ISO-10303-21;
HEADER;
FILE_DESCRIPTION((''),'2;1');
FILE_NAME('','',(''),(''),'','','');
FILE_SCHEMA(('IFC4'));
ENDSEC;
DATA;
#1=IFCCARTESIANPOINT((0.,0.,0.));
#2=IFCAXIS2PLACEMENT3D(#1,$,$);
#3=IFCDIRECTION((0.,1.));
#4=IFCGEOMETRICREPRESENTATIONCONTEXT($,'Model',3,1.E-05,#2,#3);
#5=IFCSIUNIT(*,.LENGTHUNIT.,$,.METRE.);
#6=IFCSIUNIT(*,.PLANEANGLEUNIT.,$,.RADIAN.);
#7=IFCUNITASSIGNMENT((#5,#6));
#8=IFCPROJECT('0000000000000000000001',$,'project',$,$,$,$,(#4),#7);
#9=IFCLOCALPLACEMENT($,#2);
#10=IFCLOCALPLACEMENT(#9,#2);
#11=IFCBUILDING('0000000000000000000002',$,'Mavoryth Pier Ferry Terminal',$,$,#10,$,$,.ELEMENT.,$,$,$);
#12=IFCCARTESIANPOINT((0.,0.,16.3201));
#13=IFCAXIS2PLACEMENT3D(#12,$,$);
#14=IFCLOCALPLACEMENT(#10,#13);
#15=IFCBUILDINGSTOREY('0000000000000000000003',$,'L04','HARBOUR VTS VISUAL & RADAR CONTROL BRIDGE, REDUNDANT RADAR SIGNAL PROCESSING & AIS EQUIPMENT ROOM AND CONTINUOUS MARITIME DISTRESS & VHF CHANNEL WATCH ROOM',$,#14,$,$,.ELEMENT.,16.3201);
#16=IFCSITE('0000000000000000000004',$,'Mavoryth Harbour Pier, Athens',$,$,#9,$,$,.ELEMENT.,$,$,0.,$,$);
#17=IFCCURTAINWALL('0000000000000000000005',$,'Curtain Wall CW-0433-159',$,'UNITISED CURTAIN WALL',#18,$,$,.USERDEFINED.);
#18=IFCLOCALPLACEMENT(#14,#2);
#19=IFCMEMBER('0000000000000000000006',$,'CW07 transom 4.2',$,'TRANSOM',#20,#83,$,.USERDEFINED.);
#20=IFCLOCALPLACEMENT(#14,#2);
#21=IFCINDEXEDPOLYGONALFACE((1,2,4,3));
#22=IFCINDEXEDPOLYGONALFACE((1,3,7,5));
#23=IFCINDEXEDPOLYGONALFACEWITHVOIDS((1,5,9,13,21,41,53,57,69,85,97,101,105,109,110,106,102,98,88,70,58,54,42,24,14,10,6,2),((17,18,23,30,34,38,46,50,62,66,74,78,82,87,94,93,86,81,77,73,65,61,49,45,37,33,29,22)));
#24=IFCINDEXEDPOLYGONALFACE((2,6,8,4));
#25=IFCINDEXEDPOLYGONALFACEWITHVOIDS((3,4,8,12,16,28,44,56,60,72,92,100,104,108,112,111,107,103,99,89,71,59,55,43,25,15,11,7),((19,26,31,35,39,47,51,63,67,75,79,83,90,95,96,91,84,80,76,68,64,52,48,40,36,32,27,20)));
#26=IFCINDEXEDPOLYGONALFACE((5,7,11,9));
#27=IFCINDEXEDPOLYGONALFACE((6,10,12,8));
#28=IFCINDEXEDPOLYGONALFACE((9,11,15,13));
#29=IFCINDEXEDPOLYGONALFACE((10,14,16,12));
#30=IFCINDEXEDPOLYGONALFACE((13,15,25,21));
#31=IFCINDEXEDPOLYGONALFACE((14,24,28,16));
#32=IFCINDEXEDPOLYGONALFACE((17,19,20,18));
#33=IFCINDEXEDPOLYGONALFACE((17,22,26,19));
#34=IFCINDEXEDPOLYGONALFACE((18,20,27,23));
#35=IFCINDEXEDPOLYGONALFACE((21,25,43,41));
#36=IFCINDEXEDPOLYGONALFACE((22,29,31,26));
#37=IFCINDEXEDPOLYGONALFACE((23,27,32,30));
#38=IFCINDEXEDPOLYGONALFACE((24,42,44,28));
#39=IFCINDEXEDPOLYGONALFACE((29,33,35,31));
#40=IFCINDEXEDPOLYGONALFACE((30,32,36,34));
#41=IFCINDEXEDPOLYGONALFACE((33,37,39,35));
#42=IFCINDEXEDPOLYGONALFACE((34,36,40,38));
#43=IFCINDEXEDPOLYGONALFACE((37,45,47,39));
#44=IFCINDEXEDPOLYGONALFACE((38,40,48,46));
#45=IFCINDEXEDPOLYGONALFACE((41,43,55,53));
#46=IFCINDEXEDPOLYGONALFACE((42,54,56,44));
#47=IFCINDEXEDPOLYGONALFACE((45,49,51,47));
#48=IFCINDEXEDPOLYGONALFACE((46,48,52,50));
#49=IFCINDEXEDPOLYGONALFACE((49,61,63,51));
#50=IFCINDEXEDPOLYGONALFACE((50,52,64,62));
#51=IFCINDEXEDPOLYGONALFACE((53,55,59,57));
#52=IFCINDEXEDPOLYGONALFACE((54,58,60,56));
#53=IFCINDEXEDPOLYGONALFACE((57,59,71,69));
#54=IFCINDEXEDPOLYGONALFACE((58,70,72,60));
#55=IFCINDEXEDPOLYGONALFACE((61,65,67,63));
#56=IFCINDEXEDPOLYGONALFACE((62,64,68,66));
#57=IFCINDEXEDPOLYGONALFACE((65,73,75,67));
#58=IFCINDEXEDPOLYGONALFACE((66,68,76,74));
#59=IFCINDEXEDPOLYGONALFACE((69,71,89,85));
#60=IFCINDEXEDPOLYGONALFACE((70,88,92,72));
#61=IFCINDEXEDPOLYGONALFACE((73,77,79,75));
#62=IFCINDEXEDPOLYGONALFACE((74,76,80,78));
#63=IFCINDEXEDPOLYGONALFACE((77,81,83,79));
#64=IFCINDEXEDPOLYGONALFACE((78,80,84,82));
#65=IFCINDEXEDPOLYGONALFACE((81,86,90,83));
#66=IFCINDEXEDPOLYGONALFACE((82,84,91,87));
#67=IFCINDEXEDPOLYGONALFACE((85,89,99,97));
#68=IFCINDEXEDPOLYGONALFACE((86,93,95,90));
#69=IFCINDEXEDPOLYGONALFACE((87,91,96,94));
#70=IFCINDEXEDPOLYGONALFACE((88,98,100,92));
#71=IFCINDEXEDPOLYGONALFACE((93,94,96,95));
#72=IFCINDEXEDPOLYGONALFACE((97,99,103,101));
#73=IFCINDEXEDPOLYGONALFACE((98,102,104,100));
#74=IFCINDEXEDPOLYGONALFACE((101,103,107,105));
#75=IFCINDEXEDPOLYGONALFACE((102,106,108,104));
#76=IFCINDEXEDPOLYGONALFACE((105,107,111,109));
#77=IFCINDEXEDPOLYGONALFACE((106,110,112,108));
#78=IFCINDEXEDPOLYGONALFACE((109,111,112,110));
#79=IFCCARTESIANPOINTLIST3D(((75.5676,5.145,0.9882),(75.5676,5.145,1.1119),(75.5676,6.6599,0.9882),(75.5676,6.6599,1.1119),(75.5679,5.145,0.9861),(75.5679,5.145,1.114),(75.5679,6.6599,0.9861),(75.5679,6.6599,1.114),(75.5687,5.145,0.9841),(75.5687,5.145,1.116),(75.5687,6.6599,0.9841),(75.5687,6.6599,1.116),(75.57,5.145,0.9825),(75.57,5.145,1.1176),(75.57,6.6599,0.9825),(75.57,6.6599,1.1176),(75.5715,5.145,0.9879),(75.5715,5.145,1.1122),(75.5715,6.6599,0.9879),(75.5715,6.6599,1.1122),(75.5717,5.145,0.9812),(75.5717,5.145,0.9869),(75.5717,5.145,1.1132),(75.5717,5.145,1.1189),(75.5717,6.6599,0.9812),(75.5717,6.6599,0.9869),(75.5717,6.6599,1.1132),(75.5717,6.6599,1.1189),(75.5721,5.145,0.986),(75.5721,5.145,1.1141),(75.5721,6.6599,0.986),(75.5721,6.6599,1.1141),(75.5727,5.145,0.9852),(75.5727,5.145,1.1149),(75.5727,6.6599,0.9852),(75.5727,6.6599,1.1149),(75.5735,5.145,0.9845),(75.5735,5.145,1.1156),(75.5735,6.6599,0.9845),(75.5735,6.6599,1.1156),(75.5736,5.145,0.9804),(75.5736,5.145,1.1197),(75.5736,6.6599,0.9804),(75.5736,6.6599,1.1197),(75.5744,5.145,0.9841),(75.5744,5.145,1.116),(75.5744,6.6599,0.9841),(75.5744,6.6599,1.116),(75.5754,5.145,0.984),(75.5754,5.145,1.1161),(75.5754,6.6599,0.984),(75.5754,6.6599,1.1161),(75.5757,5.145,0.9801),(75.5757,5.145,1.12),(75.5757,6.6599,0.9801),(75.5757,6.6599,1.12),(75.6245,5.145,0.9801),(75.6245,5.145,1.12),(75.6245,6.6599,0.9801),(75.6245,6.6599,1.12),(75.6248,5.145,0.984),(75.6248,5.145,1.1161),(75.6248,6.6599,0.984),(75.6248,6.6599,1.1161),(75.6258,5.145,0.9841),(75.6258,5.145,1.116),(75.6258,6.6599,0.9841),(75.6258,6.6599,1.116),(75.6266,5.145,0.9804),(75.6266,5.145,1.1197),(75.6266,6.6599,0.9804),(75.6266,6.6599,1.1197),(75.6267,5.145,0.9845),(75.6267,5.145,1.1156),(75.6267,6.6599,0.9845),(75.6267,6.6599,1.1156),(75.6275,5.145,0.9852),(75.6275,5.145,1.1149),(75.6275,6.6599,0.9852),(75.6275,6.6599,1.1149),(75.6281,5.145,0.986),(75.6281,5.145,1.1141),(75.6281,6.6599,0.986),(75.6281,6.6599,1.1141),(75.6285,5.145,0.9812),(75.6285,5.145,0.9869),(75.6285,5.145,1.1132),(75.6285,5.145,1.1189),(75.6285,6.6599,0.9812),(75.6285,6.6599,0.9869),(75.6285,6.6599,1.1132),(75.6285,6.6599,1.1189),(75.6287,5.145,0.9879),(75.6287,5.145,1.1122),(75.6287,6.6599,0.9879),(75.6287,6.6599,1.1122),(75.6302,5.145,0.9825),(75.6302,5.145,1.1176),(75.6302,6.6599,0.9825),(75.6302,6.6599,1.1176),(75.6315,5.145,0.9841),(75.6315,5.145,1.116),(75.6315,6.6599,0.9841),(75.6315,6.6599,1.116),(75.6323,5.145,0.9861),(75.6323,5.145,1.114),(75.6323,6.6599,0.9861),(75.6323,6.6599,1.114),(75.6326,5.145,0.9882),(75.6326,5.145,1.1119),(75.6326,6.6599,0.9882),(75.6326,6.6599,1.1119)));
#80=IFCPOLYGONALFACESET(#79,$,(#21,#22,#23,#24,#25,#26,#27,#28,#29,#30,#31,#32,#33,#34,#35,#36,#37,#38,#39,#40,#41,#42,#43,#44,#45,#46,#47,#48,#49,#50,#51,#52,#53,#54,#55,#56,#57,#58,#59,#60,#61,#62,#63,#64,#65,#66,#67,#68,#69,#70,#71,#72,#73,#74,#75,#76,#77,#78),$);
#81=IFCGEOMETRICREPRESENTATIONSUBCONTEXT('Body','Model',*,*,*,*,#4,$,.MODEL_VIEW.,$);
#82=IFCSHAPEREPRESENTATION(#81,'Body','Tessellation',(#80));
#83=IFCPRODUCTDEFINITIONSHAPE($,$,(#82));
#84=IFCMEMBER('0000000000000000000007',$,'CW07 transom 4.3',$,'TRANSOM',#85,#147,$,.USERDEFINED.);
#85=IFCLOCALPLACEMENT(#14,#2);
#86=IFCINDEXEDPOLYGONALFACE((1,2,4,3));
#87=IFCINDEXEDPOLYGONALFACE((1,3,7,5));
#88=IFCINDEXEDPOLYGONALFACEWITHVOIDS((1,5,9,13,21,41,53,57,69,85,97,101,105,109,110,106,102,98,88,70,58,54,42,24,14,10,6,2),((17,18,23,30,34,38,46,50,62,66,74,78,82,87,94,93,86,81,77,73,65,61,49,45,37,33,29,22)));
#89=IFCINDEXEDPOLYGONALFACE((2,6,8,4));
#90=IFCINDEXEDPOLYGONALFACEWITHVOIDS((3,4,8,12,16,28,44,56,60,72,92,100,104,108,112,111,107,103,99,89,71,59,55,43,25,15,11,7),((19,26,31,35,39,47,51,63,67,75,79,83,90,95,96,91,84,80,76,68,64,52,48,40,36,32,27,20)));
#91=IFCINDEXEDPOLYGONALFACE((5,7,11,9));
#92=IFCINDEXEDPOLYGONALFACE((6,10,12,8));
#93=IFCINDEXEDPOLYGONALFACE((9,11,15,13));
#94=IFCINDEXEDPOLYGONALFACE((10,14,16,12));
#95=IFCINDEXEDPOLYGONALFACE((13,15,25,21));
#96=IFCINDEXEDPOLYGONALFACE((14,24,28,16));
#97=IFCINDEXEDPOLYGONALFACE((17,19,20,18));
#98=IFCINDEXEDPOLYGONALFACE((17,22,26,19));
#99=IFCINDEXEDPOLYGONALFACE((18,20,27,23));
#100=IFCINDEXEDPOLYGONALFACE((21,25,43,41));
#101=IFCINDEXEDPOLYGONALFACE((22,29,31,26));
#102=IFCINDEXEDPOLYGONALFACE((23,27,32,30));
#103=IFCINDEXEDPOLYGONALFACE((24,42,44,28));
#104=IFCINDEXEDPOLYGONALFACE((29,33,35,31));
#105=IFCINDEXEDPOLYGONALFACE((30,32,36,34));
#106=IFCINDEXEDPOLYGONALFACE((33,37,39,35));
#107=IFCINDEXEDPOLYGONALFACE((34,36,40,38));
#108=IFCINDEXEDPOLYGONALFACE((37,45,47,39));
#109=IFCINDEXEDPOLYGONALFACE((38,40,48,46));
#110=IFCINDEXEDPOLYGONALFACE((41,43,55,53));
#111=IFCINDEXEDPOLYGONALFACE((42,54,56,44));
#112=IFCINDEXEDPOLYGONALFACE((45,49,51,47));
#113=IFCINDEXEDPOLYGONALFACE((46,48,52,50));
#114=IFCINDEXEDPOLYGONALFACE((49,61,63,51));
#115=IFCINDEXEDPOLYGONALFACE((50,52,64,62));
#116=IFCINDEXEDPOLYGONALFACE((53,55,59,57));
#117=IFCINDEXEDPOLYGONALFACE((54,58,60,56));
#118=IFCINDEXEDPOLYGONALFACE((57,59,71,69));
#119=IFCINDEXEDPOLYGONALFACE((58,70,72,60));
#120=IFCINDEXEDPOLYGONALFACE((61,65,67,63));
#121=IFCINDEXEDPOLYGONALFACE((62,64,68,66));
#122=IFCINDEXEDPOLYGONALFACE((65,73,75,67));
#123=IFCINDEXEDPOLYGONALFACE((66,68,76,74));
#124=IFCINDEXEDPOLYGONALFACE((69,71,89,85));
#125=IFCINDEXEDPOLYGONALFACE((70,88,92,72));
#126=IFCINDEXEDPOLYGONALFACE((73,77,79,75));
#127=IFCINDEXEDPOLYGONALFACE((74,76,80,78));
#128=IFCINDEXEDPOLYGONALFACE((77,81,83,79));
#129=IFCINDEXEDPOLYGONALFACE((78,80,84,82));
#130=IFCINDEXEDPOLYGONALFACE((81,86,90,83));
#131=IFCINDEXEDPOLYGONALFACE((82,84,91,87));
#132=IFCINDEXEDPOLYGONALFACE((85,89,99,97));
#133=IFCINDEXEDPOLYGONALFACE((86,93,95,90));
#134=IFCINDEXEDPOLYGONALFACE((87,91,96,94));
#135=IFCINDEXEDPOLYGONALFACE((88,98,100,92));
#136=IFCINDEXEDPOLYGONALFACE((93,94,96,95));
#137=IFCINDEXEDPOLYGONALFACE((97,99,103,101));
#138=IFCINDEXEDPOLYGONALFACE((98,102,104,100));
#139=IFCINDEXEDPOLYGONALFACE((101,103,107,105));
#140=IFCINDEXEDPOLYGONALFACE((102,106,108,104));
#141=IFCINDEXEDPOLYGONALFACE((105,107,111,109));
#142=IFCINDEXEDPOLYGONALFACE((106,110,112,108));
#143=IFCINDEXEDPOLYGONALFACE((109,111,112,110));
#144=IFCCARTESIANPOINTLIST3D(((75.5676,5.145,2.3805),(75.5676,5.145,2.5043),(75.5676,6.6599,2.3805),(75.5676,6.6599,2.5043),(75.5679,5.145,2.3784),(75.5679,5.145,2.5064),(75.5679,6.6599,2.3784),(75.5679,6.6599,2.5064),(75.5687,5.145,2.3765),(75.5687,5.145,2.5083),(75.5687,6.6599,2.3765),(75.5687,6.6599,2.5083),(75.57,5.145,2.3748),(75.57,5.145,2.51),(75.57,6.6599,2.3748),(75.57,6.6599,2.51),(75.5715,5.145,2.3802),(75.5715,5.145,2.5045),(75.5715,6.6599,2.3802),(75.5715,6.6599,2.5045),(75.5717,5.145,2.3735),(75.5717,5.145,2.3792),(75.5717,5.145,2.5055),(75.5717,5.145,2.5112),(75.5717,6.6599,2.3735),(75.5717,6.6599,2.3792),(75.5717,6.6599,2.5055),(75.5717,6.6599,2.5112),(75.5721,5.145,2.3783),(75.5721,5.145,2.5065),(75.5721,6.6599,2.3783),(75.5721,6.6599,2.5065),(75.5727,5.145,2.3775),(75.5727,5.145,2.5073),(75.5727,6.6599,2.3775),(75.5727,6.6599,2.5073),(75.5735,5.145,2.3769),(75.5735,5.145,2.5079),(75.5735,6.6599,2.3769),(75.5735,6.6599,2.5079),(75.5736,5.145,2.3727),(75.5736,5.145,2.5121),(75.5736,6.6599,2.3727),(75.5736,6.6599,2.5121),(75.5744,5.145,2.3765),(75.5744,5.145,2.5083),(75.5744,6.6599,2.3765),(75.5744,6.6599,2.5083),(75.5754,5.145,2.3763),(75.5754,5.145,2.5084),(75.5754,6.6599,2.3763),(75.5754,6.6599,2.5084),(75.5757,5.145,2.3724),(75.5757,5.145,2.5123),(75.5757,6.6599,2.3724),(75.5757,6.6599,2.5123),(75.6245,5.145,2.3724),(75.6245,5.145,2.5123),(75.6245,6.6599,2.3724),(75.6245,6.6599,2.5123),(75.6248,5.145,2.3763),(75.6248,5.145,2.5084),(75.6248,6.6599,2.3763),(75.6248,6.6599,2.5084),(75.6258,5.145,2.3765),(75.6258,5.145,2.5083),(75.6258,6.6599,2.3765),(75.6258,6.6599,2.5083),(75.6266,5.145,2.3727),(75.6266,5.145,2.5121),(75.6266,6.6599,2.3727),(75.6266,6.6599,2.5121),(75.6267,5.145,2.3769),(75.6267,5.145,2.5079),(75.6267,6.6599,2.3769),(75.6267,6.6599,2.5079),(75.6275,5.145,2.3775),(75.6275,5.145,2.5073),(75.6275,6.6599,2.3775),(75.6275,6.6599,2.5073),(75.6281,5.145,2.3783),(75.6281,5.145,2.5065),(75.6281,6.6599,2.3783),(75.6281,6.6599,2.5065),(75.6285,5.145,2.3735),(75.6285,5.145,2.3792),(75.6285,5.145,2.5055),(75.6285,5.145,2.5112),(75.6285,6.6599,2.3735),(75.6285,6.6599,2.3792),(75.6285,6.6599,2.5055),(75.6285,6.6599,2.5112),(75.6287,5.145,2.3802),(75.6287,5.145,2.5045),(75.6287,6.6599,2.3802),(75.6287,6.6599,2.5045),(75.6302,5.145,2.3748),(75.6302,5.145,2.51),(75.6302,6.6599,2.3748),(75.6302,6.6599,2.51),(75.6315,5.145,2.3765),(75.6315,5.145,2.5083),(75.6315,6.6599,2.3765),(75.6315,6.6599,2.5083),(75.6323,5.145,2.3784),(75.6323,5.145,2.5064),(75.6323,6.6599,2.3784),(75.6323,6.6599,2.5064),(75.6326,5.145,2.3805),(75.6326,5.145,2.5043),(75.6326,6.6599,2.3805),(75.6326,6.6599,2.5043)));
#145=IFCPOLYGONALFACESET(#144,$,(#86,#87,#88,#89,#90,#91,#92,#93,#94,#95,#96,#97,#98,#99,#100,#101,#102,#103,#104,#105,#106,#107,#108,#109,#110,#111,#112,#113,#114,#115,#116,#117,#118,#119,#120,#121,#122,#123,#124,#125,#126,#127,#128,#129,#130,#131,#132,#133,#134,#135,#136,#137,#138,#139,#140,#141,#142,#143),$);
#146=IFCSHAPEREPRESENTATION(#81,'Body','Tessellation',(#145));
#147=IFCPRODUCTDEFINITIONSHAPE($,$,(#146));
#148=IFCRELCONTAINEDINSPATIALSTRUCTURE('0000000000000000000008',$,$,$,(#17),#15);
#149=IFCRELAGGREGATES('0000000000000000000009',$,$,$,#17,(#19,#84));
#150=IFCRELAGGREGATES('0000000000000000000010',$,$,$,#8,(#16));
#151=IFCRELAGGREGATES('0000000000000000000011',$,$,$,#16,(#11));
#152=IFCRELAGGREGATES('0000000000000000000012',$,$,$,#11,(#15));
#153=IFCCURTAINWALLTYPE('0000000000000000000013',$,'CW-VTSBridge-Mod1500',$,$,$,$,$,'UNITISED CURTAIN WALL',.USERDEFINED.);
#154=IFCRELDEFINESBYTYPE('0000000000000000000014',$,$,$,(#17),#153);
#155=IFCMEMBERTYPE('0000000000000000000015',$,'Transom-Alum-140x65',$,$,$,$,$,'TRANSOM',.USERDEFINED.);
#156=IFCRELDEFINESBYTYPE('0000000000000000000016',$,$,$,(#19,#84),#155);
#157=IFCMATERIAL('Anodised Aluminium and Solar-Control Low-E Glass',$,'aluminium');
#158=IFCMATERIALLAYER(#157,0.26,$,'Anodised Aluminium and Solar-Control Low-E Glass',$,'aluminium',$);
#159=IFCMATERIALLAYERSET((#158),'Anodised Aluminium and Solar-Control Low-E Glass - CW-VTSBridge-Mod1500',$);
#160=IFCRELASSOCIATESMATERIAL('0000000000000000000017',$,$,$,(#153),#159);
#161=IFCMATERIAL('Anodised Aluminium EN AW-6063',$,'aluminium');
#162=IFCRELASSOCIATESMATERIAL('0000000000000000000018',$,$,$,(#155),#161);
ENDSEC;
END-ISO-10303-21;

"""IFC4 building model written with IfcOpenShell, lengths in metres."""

from ifc_helpers import new_model, si_unit, direction, frame, origin, origin_2d, place, context, subcontext, project, spatial, hollow_rectangle, extrude, material, layer, layer_set, material_profile, profile_set, type_object, element, aggregate, save


model = new_model("IFC4")

# Units and contexts
model_context = context("Model", 3, precision=1e-05, world=origin(), true_north=direction((0.0, 1.0)))
body_context = subcontext(model_context, "Body", "Model", "MODEL_VIEW")
ifc_project = project(units=[si_unit("LENGTHUNIT", "METRE"), si_unit("PLANEANGLEUNIT", "RADIAN")], contexts=[model_context])

# Site, building, storey
site_placement = place(None, origin())
site = spatial("IfcSite", under=ifc_project, at=site_placement, Name="Mavoryth Harbour Pier, Athens", CompositionType="ELEMENT", RefElevation=0.0)
building_placement = place(site_placement, origin())
building = spatial("IfcBuilding", under=site, at=building_placement, Name="Mavoryth Pier Ferry Terminal", CompositionType="ELEMENT")
storey_placement = place(building_placement, frame((0.0, 0.0, 16.3201)))
storey = spatial("IfcBuildingStorey", under=building, at=storey_placement, Name="L04", Description="HARBOUR VTS VISUAL & RADAR CONTROL BRIDGE, REDUNDANT RADAR SIGNAL PROCESSING & AIS EQUIPMENT ROOM AND CONTINUOUS MARITIME DISTRESS & VHF CHANNEL WATCH ROOM", CompositionType="ELEMENT", Elevation=16.3201)

# Curtain wall
ifc_material_1 = material(Name="Anodised Aluminium and Solar-Control Low-E Glass", Category="aluminium")
ifc_layer_1 = layer(ifc_material_1, 0.26, Name="Anodised Aluminium and Solar-Control Low-E Glass", Category="aluminium")
ifc_layer_set_1 = layer_set([ifc_layer_1], Name="Anodised Aluminium and Solar-Control Low-E Glass - CW-VTSBridge-Mod1500")
curtain_wall_type = type_object("IfcCurtainWallType", Name="CW-VTSBridge-Mod1500", ElementType="UNITISED CURTAIN WALL", PredefinedType="USERDEFINED", material=ifc_layer_set_1)
curtain_wall_1_placement = place(storey_placement, origin())
curtain_wall_1 = element("IfcCurtainWall", 1, at=curtain_wall_1_placement, inside=storey, type_object=curtain_wall_type, Name="Curtain Wall CW-0433-159", ObjectType="UNITISED CURTAIN WALL", PredefinedType="USERDEFINED")
ifc_material_2 = material(Name="Anodised Aluminium EN AW-6063", Category="aluminium")

# Members
ifc_material_profile_1 = material_profile(ifc_material_2, hollow_rectangle(XDim=0.0649, YDim=0.1399, WallThickness=0.0039, InnerFilletRadius=0.0039, OuterFilletRadius=0.0081, at=origin_2d()), Name="AL-TRAN 140x65x4", Category="aluminium")
ifc_profile_set_1 = profile_set([ifc_material_profile_1], Name="Anodised Aluminium EN AW-6063 - AL-TRAN 140x65x4")
member_type_1 = type_object("IfcMemberType", Name="Transom-Alum-140x65", ElementType="TRANSOM", PredefinedType="USERDEFINED", material=ifc_profile_set_1)
member_1_placement = place(storey_placement, frame((75.6001, 5.145, 1.05), z_axis=(0.0, 1.0, 0.0), x_axis=(-1.0, 0.0, 0.0)))
member_1 = element("IfcMember", 2, at=member_1_placement, type_object=member_type_1, Name="CW07 transom 4.2", ObjectType="TRANSOM", PredefinedType="USERDEFINED", context=body_context, shape_type="SweptSolid", body=[
    extrude(hollow_rectangle(XDim=0.0649, YDim=0.1399, WallThickness=0.0039, InnerFilletRadius=0.0039, OuterFilletRadius=0.0081, at=origin_2d()), origin(), (0.0, 0.0, 1.0), 1.5149),
])
member_2_placement = place(storey_placement, frame((75.6001, 5.145, 2.4424), z_axis=(0.0, 1.0, 0.0), x_axis=(-1.0, 0.0, 0.0)))
member_2 = element("IfcMember", 3, at=member_2_placement, type_object=member_type_1, Name="CW07 transom 4.3", ObjectType="TRANSOM", PredefinedType="USERDEFINED", context=body_context, shape_type="SweptSolid", body=[
    extrude(hollow_rectangle(XDim=0.0649, YDim=0.1399, WallThickness=0.0039, InnerFilletRadius=0.0039, OuterFilletRadius=0.0081, at=origin_2d()), origin(), (0.0, 0.0, 1.0), 1.5149),
])

aggregate(curtain_wall_1, [member_1, member_2])

save(model, "model.ifc")
